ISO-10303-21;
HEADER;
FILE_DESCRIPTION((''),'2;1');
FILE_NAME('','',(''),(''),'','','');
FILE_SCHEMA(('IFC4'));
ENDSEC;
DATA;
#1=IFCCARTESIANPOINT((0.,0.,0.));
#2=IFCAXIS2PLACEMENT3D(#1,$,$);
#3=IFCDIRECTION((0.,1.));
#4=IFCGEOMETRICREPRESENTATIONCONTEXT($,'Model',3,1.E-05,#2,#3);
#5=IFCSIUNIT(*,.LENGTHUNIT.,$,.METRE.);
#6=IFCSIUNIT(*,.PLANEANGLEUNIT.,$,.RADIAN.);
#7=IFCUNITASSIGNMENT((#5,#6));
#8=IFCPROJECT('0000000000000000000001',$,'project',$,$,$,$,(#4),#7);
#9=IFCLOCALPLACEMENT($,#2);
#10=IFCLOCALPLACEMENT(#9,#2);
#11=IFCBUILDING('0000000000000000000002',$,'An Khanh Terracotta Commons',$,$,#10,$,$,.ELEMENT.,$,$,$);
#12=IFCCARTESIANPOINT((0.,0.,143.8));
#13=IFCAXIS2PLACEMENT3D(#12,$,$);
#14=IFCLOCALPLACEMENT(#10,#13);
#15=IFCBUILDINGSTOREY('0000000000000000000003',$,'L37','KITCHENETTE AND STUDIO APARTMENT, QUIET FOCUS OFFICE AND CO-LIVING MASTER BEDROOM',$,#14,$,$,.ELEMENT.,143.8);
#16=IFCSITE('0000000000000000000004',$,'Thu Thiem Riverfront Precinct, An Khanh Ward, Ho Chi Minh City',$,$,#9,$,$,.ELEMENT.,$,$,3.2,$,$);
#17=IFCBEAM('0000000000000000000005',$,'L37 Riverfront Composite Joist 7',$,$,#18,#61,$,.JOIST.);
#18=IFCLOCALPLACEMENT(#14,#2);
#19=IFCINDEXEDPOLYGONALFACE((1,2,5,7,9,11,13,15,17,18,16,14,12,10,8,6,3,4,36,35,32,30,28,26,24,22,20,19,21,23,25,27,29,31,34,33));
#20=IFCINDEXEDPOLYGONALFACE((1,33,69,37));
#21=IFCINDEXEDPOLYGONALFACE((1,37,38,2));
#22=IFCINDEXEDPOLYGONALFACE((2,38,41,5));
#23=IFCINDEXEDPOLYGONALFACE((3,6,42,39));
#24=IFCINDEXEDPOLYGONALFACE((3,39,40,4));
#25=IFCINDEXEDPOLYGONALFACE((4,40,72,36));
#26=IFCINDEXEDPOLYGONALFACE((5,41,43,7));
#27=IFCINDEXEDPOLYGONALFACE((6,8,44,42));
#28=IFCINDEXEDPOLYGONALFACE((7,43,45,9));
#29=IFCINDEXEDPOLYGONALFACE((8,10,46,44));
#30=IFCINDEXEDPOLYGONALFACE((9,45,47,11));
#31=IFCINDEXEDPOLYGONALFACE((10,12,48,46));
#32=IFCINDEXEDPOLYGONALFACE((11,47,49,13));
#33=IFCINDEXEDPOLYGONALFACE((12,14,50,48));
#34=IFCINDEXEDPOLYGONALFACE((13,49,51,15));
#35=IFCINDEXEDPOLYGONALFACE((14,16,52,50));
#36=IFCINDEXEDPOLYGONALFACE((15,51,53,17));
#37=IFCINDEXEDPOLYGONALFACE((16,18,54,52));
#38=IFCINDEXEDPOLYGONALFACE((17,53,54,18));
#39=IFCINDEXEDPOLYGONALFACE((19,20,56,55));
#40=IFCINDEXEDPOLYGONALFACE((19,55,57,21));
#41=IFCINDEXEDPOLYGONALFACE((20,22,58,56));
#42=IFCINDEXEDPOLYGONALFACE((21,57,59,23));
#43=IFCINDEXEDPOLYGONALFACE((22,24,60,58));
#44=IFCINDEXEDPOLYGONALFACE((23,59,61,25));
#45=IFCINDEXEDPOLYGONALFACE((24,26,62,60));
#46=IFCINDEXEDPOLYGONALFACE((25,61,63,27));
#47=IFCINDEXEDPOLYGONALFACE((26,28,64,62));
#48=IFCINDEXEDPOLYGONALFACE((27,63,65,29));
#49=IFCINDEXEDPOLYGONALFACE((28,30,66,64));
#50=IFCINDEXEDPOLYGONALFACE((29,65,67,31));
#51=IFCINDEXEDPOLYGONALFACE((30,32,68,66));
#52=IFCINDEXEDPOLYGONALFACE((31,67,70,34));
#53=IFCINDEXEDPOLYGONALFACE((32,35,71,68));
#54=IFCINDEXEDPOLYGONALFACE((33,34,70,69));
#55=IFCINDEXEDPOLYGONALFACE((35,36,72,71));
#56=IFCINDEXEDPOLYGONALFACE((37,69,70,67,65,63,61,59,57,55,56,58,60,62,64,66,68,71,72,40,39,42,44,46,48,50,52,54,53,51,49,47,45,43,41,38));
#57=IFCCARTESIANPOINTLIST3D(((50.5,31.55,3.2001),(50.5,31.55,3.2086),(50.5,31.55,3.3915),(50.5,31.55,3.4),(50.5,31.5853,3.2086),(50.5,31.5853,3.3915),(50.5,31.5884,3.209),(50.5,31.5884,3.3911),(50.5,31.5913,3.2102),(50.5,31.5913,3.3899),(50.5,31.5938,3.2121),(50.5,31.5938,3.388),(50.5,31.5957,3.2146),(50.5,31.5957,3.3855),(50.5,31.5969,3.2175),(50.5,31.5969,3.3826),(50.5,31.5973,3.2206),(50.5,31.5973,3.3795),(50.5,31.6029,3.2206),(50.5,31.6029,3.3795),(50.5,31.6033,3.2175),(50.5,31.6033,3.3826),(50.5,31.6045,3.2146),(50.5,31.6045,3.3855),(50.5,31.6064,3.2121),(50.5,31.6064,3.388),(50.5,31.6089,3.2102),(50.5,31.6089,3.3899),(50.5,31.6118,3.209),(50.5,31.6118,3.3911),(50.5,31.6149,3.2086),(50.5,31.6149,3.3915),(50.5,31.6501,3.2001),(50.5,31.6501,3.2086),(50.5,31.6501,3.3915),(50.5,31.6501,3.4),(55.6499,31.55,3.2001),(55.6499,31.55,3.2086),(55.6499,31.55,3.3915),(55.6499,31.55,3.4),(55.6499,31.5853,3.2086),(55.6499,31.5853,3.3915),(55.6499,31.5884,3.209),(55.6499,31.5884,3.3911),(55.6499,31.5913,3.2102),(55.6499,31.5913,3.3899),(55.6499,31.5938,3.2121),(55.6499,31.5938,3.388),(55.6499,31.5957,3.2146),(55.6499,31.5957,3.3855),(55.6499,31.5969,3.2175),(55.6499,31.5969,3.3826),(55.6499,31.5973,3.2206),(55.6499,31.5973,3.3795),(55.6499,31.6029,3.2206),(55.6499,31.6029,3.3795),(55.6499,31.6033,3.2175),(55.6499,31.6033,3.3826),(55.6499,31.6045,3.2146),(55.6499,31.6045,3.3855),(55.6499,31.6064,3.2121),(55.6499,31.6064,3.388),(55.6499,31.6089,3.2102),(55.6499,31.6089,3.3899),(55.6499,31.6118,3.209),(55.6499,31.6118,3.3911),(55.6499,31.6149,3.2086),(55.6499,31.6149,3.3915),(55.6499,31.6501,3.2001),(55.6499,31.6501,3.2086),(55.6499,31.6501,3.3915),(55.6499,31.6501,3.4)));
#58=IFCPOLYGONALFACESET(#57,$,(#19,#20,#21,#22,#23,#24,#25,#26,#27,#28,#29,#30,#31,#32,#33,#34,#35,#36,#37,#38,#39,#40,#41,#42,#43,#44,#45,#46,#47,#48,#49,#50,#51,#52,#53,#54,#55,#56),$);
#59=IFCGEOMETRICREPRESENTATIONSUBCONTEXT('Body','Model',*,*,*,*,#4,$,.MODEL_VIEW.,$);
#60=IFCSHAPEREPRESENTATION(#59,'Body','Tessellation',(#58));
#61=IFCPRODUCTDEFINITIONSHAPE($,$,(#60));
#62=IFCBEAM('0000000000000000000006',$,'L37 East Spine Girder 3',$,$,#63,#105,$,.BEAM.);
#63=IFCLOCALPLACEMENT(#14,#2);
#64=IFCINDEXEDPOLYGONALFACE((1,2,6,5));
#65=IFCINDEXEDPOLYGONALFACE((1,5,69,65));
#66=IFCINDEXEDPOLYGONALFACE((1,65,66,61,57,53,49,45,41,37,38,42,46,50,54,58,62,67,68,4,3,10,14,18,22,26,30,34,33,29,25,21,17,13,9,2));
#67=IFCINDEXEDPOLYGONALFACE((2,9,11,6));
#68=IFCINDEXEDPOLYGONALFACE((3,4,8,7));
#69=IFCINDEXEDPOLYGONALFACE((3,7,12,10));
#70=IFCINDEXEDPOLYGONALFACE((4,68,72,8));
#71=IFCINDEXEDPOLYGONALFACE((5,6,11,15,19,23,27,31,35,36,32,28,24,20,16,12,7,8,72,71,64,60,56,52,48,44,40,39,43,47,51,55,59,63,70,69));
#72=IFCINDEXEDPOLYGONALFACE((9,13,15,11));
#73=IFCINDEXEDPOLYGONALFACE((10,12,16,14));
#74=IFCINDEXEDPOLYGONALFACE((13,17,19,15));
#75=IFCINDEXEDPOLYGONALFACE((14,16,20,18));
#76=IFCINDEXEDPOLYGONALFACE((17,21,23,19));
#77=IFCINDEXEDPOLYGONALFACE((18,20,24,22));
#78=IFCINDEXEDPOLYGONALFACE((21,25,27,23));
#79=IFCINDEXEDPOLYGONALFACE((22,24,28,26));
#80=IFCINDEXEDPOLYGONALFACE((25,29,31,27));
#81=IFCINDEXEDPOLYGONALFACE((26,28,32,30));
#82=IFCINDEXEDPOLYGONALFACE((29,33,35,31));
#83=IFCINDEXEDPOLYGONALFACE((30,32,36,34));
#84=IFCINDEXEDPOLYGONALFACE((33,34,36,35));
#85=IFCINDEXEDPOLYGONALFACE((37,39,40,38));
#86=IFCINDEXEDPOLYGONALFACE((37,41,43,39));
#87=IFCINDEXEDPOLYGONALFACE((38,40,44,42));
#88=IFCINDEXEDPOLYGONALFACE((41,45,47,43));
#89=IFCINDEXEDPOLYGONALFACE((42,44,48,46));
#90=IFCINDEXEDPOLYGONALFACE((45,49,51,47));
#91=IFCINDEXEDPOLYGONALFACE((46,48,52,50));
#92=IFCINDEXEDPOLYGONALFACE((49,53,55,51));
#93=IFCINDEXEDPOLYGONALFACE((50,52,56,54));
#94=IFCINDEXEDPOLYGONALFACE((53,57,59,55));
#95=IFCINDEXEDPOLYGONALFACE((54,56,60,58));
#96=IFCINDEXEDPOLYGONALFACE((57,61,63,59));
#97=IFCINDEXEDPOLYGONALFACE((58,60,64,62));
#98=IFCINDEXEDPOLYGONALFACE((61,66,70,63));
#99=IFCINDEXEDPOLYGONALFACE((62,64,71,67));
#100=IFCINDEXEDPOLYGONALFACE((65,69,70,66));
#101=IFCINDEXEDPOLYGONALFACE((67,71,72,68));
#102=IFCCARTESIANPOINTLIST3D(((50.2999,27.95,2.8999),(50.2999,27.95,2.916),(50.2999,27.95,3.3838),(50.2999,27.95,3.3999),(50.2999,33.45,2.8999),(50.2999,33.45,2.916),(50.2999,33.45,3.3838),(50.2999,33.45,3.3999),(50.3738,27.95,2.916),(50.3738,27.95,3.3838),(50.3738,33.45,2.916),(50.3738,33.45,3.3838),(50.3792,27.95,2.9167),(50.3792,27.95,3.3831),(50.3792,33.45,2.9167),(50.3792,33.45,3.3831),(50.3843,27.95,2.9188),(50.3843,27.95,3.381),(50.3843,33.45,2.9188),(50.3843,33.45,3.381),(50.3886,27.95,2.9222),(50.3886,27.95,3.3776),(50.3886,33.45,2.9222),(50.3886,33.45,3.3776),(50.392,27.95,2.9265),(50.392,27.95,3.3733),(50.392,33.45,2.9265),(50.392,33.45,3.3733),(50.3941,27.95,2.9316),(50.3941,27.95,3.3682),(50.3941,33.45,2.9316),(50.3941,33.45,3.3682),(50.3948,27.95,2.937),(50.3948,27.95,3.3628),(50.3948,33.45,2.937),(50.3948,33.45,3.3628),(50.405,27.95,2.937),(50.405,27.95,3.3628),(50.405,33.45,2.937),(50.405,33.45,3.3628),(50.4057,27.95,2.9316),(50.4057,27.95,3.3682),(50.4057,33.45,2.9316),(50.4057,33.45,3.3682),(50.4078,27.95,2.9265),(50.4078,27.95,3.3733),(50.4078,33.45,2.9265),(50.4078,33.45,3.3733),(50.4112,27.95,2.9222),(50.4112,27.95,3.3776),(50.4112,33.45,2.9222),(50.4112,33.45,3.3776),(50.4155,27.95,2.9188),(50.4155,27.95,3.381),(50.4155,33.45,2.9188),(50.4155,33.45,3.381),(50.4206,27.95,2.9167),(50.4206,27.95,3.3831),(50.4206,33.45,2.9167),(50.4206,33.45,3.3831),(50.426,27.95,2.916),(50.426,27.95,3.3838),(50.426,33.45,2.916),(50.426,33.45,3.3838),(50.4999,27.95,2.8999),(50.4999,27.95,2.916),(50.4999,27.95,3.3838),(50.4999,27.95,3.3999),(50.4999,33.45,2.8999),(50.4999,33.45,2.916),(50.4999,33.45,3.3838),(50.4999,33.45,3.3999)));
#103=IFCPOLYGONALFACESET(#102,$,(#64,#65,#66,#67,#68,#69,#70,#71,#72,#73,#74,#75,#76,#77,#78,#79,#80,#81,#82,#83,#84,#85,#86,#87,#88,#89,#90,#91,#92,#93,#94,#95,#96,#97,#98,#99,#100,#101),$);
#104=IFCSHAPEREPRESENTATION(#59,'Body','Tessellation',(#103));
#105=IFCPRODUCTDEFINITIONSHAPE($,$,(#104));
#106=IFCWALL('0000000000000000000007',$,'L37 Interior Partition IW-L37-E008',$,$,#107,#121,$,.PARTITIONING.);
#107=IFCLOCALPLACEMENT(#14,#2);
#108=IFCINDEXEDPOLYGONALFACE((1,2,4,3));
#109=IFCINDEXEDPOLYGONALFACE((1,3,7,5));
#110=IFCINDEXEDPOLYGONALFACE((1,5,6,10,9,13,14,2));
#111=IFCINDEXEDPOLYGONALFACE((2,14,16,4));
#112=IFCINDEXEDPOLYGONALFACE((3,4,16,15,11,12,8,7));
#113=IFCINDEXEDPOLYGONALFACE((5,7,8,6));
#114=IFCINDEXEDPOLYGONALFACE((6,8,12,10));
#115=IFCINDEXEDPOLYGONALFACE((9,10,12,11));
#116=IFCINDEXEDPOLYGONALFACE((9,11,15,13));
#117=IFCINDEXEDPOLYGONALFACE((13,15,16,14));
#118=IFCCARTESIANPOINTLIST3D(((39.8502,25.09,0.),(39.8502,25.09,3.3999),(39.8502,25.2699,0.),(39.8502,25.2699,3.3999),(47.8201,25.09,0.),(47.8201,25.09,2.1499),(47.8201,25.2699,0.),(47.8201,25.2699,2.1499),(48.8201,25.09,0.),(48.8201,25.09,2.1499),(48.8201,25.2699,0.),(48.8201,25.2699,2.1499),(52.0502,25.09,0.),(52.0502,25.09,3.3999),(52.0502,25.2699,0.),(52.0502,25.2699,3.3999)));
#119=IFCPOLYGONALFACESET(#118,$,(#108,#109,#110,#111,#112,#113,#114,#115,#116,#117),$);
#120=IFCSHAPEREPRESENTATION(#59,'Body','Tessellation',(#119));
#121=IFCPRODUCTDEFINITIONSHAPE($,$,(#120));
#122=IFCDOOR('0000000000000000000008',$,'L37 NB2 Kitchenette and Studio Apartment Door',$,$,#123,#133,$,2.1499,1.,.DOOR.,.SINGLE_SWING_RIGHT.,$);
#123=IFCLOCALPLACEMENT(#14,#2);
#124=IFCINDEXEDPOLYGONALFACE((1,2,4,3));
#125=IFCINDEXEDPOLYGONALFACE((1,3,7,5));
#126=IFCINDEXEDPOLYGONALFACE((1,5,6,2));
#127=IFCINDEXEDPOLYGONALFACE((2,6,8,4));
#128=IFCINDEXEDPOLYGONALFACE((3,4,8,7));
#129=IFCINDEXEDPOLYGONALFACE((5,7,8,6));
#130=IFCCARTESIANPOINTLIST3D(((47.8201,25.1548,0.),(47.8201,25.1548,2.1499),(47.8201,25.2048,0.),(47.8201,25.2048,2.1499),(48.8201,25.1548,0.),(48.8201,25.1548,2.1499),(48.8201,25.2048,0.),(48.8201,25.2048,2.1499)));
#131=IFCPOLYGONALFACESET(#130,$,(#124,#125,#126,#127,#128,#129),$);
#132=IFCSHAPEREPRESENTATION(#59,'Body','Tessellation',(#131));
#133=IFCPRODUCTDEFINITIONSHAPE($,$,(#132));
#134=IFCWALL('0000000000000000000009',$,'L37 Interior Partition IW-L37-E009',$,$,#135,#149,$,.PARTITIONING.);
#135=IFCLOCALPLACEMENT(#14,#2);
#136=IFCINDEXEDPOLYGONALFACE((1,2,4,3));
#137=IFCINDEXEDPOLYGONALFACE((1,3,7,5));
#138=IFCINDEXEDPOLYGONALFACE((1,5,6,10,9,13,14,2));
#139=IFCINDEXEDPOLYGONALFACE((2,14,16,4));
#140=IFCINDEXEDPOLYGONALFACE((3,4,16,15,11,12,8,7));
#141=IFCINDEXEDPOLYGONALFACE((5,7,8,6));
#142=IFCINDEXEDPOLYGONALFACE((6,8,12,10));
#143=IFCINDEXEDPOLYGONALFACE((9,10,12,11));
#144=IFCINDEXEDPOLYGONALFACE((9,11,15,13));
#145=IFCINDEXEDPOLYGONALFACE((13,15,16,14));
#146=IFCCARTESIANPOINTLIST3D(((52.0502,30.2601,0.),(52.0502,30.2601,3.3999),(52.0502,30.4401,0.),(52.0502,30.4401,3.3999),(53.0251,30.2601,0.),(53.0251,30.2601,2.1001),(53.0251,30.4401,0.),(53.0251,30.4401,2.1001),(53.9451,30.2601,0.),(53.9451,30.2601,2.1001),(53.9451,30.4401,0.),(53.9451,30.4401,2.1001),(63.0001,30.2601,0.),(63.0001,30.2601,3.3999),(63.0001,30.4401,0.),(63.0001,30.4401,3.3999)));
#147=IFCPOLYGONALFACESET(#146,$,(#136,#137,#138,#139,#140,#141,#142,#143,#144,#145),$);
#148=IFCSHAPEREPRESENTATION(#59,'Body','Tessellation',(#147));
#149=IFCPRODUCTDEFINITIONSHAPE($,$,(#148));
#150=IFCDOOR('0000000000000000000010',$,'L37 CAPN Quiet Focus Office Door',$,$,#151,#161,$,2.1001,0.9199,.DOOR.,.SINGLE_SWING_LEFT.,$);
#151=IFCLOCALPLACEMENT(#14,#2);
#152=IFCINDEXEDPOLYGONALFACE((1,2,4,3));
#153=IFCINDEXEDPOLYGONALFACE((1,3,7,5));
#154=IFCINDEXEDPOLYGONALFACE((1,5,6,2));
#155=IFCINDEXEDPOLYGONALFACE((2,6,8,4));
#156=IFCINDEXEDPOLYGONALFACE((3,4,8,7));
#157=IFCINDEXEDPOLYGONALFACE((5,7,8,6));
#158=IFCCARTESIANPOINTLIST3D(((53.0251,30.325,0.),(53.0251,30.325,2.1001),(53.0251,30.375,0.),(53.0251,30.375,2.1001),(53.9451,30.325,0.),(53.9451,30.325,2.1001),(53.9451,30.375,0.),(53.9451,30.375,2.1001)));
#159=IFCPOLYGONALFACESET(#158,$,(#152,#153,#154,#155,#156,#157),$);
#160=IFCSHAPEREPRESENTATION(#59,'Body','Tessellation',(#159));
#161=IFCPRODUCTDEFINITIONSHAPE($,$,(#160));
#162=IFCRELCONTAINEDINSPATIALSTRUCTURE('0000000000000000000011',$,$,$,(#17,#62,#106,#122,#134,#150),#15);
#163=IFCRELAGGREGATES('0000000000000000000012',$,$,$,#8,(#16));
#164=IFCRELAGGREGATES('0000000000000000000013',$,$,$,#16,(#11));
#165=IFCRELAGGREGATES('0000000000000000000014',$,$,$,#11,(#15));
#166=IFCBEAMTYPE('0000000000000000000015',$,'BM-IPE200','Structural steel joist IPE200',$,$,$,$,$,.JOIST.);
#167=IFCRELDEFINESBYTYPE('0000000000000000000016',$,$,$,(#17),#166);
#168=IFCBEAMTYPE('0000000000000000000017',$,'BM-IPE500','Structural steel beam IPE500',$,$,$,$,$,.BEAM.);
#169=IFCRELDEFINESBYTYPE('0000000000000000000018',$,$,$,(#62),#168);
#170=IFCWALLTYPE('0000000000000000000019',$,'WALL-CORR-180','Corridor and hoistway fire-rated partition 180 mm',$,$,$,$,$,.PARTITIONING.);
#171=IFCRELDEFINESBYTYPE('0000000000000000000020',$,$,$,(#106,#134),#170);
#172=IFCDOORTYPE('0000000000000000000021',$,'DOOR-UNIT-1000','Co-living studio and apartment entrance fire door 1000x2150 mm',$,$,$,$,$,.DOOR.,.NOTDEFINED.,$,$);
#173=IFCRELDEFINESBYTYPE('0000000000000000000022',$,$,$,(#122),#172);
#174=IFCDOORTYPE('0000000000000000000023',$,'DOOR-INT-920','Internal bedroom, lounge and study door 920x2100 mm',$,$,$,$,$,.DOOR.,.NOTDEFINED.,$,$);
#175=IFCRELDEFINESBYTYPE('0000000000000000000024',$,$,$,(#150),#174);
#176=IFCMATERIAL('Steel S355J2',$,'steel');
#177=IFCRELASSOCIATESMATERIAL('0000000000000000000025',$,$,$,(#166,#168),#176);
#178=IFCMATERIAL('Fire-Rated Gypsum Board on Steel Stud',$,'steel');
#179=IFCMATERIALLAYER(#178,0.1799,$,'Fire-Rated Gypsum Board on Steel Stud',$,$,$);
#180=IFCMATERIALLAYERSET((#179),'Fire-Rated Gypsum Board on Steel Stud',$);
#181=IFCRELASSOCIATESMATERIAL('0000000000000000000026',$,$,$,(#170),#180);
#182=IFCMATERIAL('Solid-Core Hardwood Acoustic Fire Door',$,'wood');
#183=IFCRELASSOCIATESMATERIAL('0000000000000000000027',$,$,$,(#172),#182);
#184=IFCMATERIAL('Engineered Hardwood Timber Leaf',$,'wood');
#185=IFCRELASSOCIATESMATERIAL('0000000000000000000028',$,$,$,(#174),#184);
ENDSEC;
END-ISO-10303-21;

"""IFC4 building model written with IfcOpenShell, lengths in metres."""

from ifc_helpers import new_model, si_unit, direction, frame, frame_2d, origin, origin_2d, place, context, subcontext, project, spatial, rectangle, i_section, extrude, material, layer, layer_set, material_profile, profile_set, type_object, element, fill, save


model = new_model("IFC4")

# Units and contexts
model_context = context("Model", 3, precision=1e-05, world=origin(), true_north=direction((0.0, 1.0)))
body_context = subcontext(model_context, "Body", "Model", "MODEL_VIEW")
ifc_project = project(units=[si_unit("LENGTHUNIT", "METRE"), si_unit("PLANEANGLEUNIT", "RADIAN")], contexts=[model_context])

# Site, building, storey
site_placement = place(None, origin())
site = spatial("IfcSite", under=ifc_project, at=site_placement, Name="Thu Thiem Riverfront Precinct, An Khanh Ward, Ho Chi Minh City", CompositionType="ELEMENT", RefElevation=3.2)
building_placement = place(site_placement, origin())
building = spatial("IfcBuilding", under=site, at=building_placement, Name="An Khanh Terracotta Commons", CompositionType="ELEMENT")
storey_placement = place(building_placement, frame((0.0, 0.0, 143.8)))
storey = spatial("IfcBuildingStorey", under=building, at=storey_placement, Name="L37", Description="KITCHENETTE AND STUDIO APARTMENT, QUIET FOCUS OFFICE AND CO-LIVING MASTER BEDROOM", CompositionType="ELEMENT", Elevation=143.8)

# Beams
ifc_material_1 = material(Name="Steel S355J2", Category="steel")
ifc_material_profile_1 = material_profile(ifc_material_1, i_section(OverallWidth=0.1001, OverallDepth=0.2, WebThickness=0.0056, FlangeThickness=0.0085, FilletRadius=0.012, at=origin_2d()), Name="IPE200")
ifc_profile_set_1 = profile_set([ifc_material_profile_1], Name="Steel S355J2")
beam_type_1 = type_object("IfcBeamType", Name="BM-IPE200", Description="Structural steel joist IPE200", PredefinedType="JOIST", material=ifc_profile_set_1)
for number, where, z_axis, x_axis, name in (
    (1, (50.5, 31.6001, 3.3), (1.0, 0.0, 0.0), (0.0, 1.0, 0.0), "L37 Riverfront Composite Joist 7"),
):
    element("IfcBeam", number, at=place(storey_placement, frame(where, z_axis=z_axis, x_axis=x_axis)), inside=storey, type_object=beam_type_1, Name=name, PredefinedType="JOIST", context=body_context, shape_type="SweptSolid", body=[
        extrude(i_section(OverallWidth=0.1001, OverallDepth=0.2, WebThickness=0.0056, FlangeThickness=0.0085, FilletRadius=0.012, at=origin_2d()), origin(), (0.0, 0.0, 1.0), 5.1499),
    ])
ifc_material_profile_2 = material_profile(ifc_material_1, i_section(OverallWidth=0.2, OverallDepth=0.5, WebThickness=0.0103, FlangeThickness=0.0161, FilletRadius=0.021, at=origin_2d()), Name="IPE500")
ifc_profile_set_2 = profile_set([ifc_material_profile_2], Name="Steel S355J2")
beam_type_2 = type_object("IfcBeamType", Name="BM-IPE500", Description="Structural steel beam IPE500", PredefinedType="BEAM", material=ifc_profile_set_2)
beam_placement = place(storey_placement, frame((50.3999, 27.95, 3.1499), z_axis=(0.0, 1.0, 0.0), x_axis=(-1.0, 0.0, 0.0)))
element("IfcBeam", 2, at=beam_placement, inside=storey, type_object=beam_type_2, Name="L37 East Spine Girder 3", PredefinedType="BEAM", context=body_context, shape_type="SweptSolid", body=[
    extrude(i_section(OverallWidth=0.2, OverallDepth=0.5, WebThickness=0.0103, FlangeThickness=0.0161, FilletRadius=0.021, at=origin_2d()), origin(), (0.0, 0.0, 1.0), 5.5),
])

# Walls, openings, doors
ifc_material_2 = material(Name="Fire-Rated Gypsum Board on Steel Stud", Category="steel")
ifc_layer_1 = layer(ifc_material_2, 0.1799, Name="Fire-Rated Gypsum Board on Steel Stud")
ifc_layer_set_1 = layer_set([ifc_layer_1], Name="Fire-Rated Gypsum Board on Steel Stud")
wall_type_1 = type_object("IfcWallType", Name="WALL-CORR-180", Description="Corridor and hoistway fire-rated partition 180 mm", PredefinedType="PARTITIONING", material=ifc_layer_set_1)
wall_1_placement = place(storey_placement, frame((39.8501, 25.1799, 0.0), z_axis=(0.0, 0.0, 1.0), x_axis=(1.0, 0.0, 0.0)))
wall_1 = element("IfcWall", 3, at=wall_1_placement, inside=storey, type_object=wall_type_1, Name="L37 Interior Partition IW-L37-E008", PredefinedType="PARTITIONING", context=body_context, shape_type="SweptSolid", body=[
    extrude(rectangle(XDim=12.2, YDim=0.1799, at=frame_2d((6.1001, 0.0))), origin(), (0.0, 0.0, 1.0), 3.3999),
])
opening_1_placement = place(wall_1_placement, frame((7.97, 0.0, 0.0)))
opening_1 = element("IfcOpeningElement", 4, at=opening_1_placement, cuts=wall_1, PredefinedType="OPENING", context=body_context, shape_type="SweptSolid", body=[
    extrude(rectangle(XDim=1.0, YDim=2.1499, at=frame_2d((0.5, 1.075))), frame((0.0, 0.0999, 0.0), z_axis=(0.0, -1.0, 0.0), x_axis=(1.0, 0.0, 0.0)), (0.0, 0.0, 1.0), 0.2),
])
ifc_material_3 = material(Name="Solid-Core Hardwood Acoustic Fire Door", Category="wood")
door_type_1 = type_object("IfcDoorType", Name="DOOR-UNIT-1000", Description="Co-living studio and apartment entrance fire door 1000x2150 mm", OperationType="NOTDEFINED", PredefinedType="DOOR", material=ifc_material_3)
door_1_placement = place(opening_1_placement, origin())
door_1 = element("IfcDoor", 5, at=door_1_placement, inside=storey, type_object=door_type_1, Name="L37 NB2 Kitchenette and Studio Apartment Door", OperationType="SINGLE_SWING_RIGHT", OverallHeight=2.1499, OverallWidth=1.0, PredefinedType="DOOR", context=body_context, shape_type="SweptSolid", body=[
    extrude(rectangle(XDim=1.0, YDim=2.1499, at=frame_2d((0.5, 1.075))), frame((0.0, 0.0249, 0.0), z_axis=(0.0, -1.0, 0.0), x_axis=(1.0, 0.0, 0.0)), (0.0, 0.0, 1.0), 0.05),
])
fill(opening_1, door_1)
wall_2_placement = place(storey_placement, frame((52.05, 30.3501, 0.0), z_axis=(0.0, 0.0, 1.0), x_axis=(1.0, 0.0, 0.0)))
wall_2 = element("IfcWall", 6, at=wall_2_placement, inside=storey, type_object=wall_type_1, Name="L37 Interior Partition IW-L37-E009", PredefinedType="PARTITIONING", context=body_context, shape_type="SweptSolid", body=[
    extrude(rectangle(XDim=10.95, YDim=0.1799, at=frame_2d((5.4751, 0.0))), origin(), (0.0, 0.0, 1.0), 3.3999),
])
opening_2_placement = place(wall_2_placement, frame((0.9751, 0.0, 0.0)))
opening_2 = element("IfcOpeningElement", 7, at=opening_2_placement, cuts=wall_2, PredefinedType="OPENING", context=body_context, shape_type="SweptSolid", body=[
    extrude(rectangle(XDim=0.9199, YDim=2.1001, at=frame_2d((0.46, 1.05))), frame((0.0, 0.0999, 0.0), z_axis=(0.0, -1.0, 0.0), x_axis=(1.0, 0.0, 0.0)), (0.0, 0.0, 1.0), 0.2),
])
ifc_material_4 = material(Name="Engineered Hardwood Timber Leaf", Category="wood")
door_type_2 = type_object("IfcDoorType", Name="DOOR-INT-920", Description="Internal bedroom, lounge and study door 920x2100 mm", OperationType="NOTDEFINED", PredefinedType="DOOR", material=ifc_material_4)
door_2_placement = place(opening_2_placement, origin())
door_2 = element("IfcDoor", 8, at=door_2_placement, inside=storey, type_object=door_type_2, Name="L37 CAPN Quiet Focus Office Door", OperationType="SINGLE_SWING_LEFT", OverallHeight=2.1001, OverallWidth=0.9199, PredefinedType="DOOR", context=body_context, shape_type="SweptSolid", body=[
    extrude(rectangle(XDim=0.9199, YDim=2.1001, at=frame_2d((0.46, 1.05))), frame((0.0, 0.0249, 0.0), z_axis=(0.0, -1.0, 0.0), x_axis=(1.0, 0.0, 0.0)), (0.0, 0.0, 1.0), 0.05),
])
fill(opening_2, door_2)

save(model, "model.ifc")
